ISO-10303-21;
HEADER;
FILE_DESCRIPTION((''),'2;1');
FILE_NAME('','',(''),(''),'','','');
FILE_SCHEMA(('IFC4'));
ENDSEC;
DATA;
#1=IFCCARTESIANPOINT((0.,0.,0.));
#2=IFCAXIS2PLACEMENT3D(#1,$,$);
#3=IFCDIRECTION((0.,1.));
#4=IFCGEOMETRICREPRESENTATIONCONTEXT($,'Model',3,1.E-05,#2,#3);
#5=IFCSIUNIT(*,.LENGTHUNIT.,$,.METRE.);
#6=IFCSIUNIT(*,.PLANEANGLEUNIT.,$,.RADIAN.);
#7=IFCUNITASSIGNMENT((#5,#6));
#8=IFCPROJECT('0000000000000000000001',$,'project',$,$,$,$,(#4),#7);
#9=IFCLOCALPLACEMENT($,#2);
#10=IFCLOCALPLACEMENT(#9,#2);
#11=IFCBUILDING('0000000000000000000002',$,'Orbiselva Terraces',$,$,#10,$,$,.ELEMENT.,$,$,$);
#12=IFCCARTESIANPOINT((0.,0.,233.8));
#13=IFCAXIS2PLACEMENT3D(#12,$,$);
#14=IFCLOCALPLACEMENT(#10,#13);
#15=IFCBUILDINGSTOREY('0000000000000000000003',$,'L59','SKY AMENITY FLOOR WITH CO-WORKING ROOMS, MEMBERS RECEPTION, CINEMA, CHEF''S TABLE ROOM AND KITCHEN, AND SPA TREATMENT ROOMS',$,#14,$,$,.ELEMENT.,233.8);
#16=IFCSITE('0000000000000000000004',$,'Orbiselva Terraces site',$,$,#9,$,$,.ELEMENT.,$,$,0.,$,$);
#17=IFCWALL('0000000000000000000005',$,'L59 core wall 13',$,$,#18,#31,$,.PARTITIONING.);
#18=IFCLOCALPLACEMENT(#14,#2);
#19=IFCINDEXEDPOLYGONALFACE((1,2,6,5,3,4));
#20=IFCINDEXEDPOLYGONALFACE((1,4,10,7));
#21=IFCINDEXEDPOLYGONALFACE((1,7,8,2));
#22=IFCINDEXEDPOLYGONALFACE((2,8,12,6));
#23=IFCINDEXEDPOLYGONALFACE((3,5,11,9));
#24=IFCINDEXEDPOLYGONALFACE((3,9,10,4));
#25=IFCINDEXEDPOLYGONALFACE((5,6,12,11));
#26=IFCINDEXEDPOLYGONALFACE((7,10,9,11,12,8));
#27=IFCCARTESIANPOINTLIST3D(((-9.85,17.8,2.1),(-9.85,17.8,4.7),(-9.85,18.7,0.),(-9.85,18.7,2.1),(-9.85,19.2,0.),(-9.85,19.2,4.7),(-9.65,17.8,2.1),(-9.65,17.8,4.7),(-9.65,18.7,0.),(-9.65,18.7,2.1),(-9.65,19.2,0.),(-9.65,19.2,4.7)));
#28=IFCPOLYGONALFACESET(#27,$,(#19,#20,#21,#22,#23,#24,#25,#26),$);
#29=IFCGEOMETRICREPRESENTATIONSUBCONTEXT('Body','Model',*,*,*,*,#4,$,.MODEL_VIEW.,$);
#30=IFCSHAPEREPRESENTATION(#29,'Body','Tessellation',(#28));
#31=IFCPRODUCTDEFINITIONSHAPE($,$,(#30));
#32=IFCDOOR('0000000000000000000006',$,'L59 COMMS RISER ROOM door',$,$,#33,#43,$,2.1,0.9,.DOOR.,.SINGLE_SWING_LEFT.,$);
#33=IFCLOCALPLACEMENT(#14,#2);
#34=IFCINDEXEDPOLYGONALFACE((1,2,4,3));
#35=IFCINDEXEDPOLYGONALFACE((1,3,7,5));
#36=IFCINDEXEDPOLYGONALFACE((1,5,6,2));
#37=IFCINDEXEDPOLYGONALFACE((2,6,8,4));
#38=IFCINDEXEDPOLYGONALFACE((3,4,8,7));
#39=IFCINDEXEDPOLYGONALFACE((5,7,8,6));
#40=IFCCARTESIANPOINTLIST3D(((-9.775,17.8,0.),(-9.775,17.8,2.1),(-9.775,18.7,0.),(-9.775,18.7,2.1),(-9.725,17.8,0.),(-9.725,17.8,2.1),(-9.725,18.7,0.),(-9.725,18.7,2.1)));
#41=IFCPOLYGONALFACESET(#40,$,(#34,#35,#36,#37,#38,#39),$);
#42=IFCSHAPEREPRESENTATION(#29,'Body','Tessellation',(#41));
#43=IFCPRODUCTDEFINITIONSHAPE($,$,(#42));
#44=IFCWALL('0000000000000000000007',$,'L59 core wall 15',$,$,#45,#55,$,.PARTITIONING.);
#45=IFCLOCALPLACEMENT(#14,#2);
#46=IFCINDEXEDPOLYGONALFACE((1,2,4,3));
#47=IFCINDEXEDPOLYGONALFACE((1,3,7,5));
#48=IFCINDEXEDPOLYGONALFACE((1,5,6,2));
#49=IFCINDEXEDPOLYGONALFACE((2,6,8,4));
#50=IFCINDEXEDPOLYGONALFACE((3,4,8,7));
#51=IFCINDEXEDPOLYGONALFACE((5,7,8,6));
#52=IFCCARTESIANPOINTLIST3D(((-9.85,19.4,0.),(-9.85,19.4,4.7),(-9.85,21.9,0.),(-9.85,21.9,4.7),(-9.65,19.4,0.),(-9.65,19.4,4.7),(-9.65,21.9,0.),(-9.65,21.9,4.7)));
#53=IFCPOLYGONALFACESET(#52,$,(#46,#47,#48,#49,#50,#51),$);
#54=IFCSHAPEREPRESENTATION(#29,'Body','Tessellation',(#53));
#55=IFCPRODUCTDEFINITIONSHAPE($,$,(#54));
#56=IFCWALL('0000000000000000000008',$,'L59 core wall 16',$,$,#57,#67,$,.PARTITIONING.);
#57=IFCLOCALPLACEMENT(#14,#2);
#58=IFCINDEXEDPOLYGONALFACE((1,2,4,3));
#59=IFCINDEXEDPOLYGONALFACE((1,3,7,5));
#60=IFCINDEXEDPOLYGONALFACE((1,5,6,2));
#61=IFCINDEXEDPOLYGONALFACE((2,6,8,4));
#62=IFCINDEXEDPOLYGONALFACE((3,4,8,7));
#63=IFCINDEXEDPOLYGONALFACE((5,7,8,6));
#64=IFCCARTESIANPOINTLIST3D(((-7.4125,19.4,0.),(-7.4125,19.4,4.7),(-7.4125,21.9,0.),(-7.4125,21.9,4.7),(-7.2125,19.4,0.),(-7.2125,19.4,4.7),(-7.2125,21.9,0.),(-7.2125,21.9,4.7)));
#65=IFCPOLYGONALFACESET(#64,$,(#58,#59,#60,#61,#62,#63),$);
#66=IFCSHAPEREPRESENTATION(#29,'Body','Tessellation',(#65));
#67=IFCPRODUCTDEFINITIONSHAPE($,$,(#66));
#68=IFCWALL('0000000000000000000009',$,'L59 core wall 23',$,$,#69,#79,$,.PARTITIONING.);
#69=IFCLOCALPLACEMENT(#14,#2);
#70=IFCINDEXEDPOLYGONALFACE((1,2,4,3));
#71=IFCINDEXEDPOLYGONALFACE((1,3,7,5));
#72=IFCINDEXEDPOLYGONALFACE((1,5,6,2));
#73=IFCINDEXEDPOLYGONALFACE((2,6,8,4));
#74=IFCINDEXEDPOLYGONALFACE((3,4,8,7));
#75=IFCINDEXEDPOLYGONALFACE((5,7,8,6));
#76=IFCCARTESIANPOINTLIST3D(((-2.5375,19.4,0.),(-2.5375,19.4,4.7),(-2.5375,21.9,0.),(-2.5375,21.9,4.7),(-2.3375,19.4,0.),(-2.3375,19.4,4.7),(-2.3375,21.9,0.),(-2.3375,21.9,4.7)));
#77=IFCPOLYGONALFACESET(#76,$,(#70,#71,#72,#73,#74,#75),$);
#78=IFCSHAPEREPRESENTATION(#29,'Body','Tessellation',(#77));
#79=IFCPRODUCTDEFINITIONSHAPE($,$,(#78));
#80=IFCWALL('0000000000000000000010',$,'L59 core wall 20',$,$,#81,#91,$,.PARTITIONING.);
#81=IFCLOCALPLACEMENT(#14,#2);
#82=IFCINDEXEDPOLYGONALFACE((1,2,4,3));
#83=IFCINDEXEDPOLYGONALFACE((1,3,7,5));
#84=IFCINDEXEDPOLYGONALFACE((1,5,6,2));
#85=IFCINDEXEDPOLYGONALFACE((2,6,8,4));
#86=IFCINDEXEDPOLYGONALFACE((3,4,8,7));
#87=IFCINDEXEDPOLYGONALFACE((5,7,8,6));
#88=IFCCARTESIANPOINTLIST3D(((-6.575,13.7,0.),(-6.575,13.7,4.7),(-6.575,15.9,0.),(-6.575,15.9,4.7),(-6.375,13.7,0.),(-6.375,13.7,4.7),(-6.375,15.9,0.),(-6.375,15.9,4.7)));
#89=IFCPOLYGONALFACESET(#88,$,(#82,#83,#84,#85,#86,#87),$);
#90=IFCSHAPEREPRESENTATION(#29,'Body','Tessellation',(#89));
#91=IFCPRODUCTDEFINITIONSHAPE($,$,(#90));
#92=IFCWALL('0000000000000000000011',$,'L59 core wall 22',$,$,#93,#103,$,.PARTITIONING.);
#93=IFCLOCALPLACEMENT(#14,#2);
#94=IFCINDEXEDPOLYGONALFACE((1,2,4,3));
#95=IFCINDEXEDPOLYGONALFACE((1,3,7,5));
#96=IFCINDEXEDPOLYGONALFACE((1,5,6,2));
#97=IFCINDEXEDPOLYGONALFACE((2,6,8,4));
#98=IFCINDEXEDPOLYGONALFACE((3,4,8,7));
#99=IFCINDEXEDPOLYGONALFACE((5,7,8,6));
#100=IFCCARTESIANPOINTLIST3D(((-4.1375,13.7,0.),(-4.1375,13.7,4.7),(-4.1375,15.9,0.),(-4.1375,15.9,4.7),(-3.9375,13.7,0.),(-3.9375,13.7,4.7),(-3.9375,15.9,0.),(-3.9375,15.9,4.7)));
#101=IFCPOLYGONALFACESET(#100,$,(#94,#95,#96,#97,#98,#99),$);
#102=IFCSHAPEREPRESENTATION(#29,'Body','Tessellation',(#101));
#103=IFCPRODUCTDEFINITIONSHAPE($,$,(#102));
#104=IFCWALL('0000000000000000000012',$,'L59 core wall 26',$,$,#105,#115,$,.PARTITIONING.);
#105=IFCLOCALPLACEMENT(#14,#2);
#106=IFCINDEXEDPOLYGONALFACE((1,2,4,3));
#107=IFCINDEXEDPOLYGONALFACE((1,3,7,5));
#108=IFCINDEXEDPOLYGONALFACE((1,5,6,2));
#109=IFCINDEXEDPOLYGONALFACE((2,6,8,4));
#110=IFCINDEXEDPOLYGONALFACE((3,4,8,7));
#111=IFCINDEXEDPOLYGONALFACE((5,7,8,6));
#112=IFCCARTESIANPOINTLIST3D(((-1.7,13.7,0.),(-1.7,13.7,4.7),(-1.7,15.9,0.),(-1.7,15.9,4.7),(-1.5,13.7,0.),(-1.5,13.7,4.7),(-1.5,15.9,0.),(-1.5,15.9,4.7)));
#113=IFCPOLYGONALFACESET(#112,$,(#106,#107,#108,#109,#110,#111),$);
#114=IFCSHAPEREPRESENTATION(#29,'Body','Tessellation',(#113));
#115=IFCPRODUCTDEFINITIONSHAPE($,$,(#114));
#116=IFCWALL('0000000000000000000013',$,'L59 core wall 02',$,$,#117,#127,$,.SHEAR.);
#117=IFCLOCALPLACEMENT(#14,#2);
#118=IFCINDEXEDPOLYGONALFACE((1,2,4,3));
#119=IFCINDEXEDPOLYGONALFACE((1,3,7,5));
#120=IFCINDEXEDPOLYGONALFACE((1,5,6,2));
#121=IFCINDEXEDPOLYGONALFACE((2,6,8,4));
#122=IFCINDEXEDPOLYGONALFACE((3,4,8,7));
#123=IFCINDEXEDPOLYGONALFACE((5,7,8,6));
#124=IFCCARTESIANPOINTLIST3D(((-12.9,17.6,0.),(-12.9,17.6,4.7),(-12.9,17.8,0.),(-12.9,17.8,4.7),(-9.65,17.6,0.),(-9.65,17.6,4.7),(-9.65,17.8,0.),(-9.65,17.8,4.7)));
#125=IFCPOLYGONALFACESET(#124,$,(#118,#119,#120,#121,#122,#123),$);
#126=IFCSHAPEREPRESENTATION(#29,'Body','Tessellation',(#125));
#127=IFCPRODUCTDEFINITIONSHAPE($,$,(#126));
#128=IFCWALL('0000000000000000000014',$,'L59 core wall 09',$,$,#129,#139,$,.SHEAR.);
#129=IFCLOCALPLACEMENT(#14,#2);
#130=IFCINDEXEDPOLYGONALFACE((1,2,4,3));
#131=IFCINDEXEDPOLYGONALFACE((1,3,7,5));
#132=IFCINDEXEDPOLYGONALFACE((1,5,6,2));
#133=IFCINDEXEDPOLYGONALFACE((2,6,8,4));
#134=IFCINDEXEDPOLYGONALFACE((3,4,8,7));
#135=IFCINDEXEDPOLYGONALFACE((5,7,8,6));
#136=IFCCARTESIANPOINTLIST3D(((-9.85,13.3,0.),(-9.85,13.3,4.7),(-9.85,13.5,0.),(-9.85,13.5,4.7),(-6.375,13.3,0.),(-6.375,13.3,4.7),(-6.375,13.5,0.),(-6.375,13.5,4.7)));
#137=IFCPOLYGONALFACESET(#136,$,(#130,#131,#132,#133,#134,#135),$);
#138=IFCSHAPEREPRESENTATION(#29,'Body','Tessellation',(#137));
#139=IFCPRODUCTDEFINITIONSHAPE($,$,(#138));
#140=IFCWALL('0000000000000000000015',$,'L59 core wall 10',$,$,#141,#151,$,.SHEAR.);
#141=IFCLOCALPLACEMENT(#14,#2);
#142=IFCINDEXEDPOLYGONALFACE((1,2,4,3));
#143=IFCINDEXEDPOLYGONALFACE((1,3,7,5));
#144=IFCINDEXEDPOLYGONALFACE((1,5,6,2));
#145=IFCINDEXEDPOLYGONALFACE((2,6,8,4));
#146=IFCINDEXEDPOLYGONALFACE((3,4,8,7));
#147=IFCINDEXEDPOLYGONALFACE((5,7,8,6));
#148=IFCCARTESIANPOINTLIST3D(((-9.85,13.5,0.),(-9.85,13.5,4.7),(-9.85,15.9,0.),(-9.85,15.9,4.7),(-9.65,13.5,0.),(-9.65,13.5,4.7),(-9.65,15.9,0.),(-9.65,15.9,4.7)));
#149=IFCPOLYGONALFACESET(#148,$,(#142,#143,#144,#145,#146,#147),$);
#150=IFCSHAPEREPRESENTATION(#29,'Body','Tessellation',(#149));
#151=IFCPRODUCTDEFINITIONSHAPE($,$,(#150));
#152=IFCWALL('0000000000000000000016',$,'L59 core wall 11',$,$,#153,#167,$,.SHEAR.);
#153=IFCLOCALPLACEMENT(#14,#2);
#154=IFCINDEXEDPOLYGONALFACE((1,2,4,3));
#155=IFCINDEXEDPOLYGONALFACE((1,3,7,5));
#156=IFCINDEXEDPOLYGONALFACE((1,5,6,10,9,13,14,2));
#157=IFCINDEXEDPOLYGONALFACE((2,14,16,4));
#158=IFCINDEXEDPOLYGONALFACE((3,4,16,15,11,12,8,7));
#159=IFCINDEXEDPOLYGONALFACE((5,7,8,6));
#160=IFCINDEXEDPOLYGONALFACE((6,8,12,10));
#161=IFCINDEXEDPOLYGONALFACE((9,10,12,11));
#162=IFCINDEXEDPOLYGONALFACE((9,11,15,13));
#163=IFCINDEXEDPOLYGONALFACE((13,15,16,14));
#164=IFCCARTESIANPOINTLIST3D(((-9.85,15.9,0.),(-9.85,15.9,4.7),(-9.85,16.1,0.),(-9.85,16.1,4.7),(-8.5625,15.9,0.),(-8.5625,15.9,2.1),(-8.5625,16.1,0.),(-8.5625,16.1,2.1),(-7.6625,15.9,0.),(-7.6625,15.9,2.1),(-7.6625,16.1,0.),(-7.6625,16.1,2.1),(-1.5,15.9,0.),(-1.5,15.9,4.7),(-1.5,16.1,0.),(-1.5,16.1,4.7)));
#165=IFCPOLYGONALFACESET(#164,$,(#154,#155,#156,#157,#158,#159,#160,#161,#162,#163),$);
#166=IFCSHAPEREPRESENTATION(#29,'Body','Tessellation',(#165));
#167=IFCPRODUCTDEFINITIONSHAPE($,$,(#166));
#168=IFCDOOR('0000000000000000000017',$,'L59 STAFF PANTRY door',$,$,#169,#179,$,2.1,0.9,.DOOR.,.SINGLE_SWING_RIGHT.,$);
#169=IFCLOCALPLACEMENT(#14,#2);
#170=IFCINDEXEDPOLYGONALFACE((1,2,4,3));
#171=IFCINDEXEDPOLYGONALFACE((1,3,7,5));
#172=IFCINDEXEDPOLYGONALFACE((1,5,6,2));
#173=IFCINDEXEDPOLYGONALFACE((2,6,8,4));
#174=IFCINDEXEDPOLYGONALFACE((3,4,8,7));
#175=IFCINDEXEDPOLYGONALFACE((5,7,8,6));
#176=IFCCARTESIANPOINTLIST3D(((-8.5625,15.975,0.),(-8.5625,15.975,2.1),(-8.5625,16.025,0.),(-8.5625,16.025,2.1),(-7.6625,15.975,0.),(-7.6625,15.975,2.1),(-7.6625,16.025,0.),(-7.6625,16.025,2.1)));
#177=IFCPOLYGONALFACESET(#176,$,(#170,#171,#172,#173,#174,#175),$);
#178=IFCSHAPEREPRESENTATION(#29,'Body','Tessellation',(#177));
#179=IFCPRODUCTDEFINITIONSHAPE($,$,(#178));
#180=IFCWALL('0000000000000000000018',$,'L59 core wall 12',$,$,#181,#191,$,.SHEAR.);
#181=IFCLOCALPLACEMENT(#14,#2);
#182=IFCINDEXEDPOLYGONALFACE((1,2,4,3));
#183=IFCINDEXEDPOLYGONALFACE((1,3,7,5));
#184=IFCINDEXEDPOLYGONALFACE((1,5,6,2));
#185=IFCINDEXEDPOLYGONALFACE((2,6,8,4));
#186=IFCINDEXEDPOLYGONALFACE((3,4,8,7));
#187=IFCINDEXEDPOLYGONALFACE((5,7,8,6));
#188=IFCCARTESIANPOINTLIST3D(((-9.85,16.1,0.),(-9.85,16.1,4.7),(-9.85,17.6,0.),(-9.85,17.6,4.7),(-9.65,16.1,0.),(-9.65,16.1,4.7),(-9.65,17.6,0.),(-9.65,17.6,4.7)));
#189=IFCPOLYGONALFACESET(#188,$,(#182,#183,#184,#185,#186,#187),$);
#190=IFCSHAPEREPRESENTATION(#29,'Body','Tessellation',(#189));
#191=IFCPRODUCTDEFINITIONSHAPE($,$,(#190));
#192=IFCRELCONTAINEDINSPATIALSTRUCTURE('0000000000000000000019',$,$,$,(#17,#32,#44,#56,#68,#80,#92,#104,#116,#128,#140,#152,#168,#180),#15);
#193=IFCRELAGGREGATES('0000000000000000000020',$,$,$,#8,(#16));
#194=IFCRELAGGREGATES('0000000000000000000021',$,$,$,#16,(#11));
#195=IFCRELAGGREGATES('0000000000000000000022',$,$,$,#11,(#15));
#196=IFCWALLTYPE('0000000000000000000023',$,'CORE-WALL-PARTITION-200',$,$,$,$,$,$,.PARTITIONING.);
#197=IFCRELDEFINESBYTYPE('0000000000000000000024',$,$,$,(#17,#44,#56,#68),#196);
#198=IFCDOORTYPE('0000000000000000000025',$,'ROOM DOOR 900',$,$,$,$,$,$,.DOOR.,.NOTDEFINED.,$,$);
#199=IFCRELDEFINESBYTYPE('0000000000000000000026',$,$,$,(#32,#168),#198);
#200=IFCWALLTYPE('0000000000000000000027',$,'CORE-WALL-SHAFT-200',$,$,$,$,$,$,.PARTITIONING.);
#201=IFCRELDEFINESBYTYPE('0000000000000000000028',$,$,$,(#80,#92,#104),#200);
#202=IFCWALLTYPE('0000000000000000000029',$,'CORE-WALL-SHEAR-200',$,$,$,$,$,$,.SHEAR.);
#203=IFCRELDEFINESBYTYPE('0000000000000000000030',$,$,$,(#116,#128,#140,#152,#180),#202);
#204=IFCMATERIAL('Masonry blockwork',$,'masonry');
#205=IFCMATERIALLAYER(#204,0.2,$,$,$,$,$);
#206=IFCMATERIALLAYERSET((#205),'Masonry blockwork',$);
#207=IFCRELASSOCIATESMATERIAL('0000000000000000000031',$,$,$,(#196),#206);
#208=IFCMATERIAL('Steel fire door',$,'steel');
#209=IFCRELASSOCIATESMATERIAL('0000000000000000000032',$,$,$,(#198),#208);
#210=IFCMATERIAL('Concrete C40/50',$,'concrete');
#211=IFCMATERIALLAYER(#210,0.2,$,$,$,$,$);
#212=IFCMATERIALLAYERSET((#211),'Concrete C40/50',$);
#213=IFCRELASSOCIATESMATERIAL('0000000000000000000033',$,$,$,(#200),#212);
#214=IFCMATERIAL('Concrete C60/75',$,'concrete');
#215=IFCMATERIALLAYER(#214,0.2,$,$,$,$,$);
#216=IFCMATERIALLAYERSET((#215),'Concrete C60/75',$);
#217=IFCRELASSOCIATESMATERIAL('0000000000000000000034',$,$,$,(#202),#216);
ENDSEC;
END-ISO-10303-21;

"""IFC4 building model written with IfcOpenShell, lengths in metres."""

from ifc_helpers import new_model, si_unit, direction, frame, frame_2d, origin, place, context, subcontext, project, spatial, rectangle, extrude, material, layer, layer_set, type_object, element, fill, save


model = new_model("IFC4")

# Units and contexts
model_context = context("Model", 3, precision=1e-05, world=origin(), true_north=direction((0.0, 1.0)))
body_context = subcontext(model_context, "Body", "Model", "MODEL_VIEW")
ifc_project = project(units=[si_unit("LENGTHUNIT", "METRE"), si_unit("PLANEANGLEUNIT", "RADIAN")], contexts=[model_context])

# Site, building, storey
site_placement = place(None, origin())
site = spatial("IfcSite", under=ifc_project, at=site_placement, Name="Orbiselva Terraces site", CompositionType="ELEMENT", RefElevation=0.0)
building_placement = place(site_placement, origin())
building = spatial("IfcBuilding", under=site, at=building_placement, Name="Orbiselva Terraces", CompositionType="ELEMENT")
storey_placement = place(building_placement, frame((0.0, 0.0, 233.8)))
storey = spatial("IfcBuildingStorey", under=building, at=storey_placement, Name="L59", Description="SKY AMENITY FLOOR WITH CO-WORKING ROOMS, MEMBERS RECEPTION, CINEMA, CHEF'S TABLE ROOM AND KITCHEN, AND SPA TREATMENT ROOMS", CompositionType="ELEMENT", Elevation=233.8)

# Wall, opening, door
ifc_material_1 = material(Name="Masonry blockwork", Category="masonry")
ifc_layer_1 = layer(ifc_material_1, 0.2)
ifc_layer_set_1 = layer_set([ifc_layer_1], Name="Masonry blockwork")
wall_type_1 = type_object("IfcWallType", Name="CORE-WALL-PARTITION-200", PredefinedType="PARTITIONING", material=ifc_layer_set_1)
wall_1_placement = place(storey_placement, frame((-9.75, 17.8, 0.0), z_axis=(0.0, 0.0, 1.0), x_axis=(0.0, 1.0, 0.0)))
wall_1 = element("IfcWall", 1, at=wall_1_placement, inside=storey, type_object=wall_type_1, Name="L59 core wall 13", PredefinedType="PARTITIONING", context=body_context, shape_type="SweptSolid", body=[
    extrude(rectangle(XDim=1.4, YDim=0.2, at=frame_2d((0.7, 0.0))), origin(), (0.0, 0.0, 1.0), 4.7),
])
opening_1_placement = place(wall_1_placement, origin())
opening_1 = element("IfcOpeningElement", 2, at=opening_1_placement, cuts=wall_1, PredefinedType="OPENING", context=body_context, shape_type="SweptSolid", body=[
    extrude(rectangle(XDim=0.9, YDim=2.1, at=frame_2d((0.45, 1.05))), frame((0.0, 0.11, 0.0), z_axis=(0.0, -1.0, 0.0), x_axis=(1.0, 0.0, 0.0)), (0.0, 0.0, 1.0), 0.22),
])
ifc_material_2 = material(Name="Steel fire door", Category="steel")
door_type_1 = type_object("IfcDoorType", Name="ROOM DOOR 900", OperationType="NOTDEFINED", PredefinedType="DOOR", material=ifc_material_2)
door_1_placement = place(opening_1_placement, origin())
door_1 = element("IfcDoor", 3, at=door_1_placement, inside=storey, type_object=door_type_1, Name="L59 COMMS RISER ROOM door", OperationType="SINGLE_SWING_LEFT", OverallHeight=2.1, OverallWidth=0.9, PredefinedType="DOOR", context=body_context, shape_type="SweptSolid", body=[
    extrude(rectangle(XDim=0.9, YDim=2.1, at=frame_2d((0.45, 1.05))), frame((0.0, 0.025, 0.0), z_axis=(0.0, -1.0, 0.0), x_axis=(1.0, 0.0, 0.0)), (0.0, 0.0, 1.0), 0.05),
])
fill(opening_1, door_1)

# Walls
for number, where, z_axis, x_axis, name in (
    (4, (-9.75, 19.4, 0.0), (0.0, 0.0, 1.0), (0.0, 1.0, 0.0), "L59 core wall 15"),
    (5, (-7.3125, 19.4, 0.0), (0.0, 0.0, 1.0), (0.0, 1.0, 0.0), "L59 core wall 16"),
    (6, (-2.4375, 19.4, 0.0), (0.0, 0.0, 1.0), (0.0, 1.0, 0.0), "L59 core wall 23"),
):
    element("IfcWall", number, at=place(storey_placement, frame(where, z_axis=z_axis, x_axis=x_axis)), inside=storey, type_object=wall_type_1, Name=name, PredefinedType="PARTITIONING", context=body_context, shape_type="SweptSolid", body=[
        extrude(rectangle(XDim=2.5, YDim=0.2, at=frame_2d((1.25, 0.0))), origin(), (0.0, 0.0, 1.0), 4.7),
    ])
ifc_material_3 = material(Name="Concrete C40/50", Category="concrete")
ifc_layer_2 = layer(ifc_material_3, 0.2)
ifc_layer_set_2 = layer_set([ifc_layer_2], Name="Concrete C40/50")
wall_type_2 = type_object("IfcWallType", Name="CORE-WALL-SHAFT-200", PredefinedType="PARTITIONING", material=ifc_layer_set_2)
for number, where, z_axis, x_axis, name in (
    (7, (-6.475, 13.7, 0.0), (0.0, 0.0, 1.0), (0.0, 1.0, 0.0), "L59 core wall 20"),
    (8, (-4.0375, 13.7, 0.0), (0.0, 0.0, 1.0), (0.0, 1.0, 0.0), "L59 core wall 22"),
    (9, (-1.6, 13.7, 0.0), (0.0, 0.0, 1.0), (0.0, 1.0, 0.0), "L59 core wall 26"),
):
    element("IfcWall", number, at=place(storey_placement, frame(where, z_axis=z_axis, x_axis=x_axis)), inside=storey, type_object=wall_type_2, Name=name, PredefinedType="PARTITIONING", context=body_context, shape_type="SweptSolid", body=[
        extrude(rectangle(XDim=2.2, YDim=0.2, at=frame_2d((1.1, 0.0))), origin(), (0.0, 0.0, 1.0), 4.7),
    ])
ifc_material_4 = material(Name="Concrete C60/75", Category="concrete")
ifc_layer_3 = layer(ifc_material_4, 0.2)
ifc_layer_set_3 = layer_set([ifc_layer_3], Name="Concrete C60/75")
wall_type_3 = type_object("IfcWallType", Name="CORE-WALL-SHEAR-200", PredefinedType="SHEAR", material=ifc_layer_set_3)
wall_2_placement = place(storey_placement, frame((-12.9, 17.7, 0.0), z_axis=(0.0, 0.0, 1.0), x_axis=(1.0, 0.0, 0.0)))
element("IfcWall", 10, at=wall_2_placement, inside=storey, type_object=wall_type_3, Name="L59 core wall 02", PredefinedType="SHEAR", context=body_context, shape_type="SweptSolid", body=[
    extrude(rectangle(XDim=3.25, YDim=0.2, at=frame_2d((1.625, 0.0))), origin(), (0.0, 0.0, 1.0), 4.7),
])
wall_3_placement = place(storey_placement, frame((-9.85, 13.4, 0.0), z_axis=(0.0, 0.0, 1.0), x_axis=(1.0, 0.0, 0.0)))
element("IfcWall", 11, at=wall_3_placement, inside=storey, type_object=wall_type_3, Name="L59 core wall 09", PredefinedType="SHEAR", context=body_context, shape_type="SweptSolid", body=[
    extrude(rectangle(XDim=3.475, YDim=0.2, at=frame_2d((1.7375, 0.0))), origin(), (0.0, 0.0, 1.0), 4.7),
])
wall_4_placement = place(storey_placement, frame((-9.75, 13.5, 0.0), z_axis=(0.0, 0.0, 1.0), x_axis=(0.0, 1.0, 0.0)))
element("IfcWall", 12, at=wall_4_placement, inside=storey, type_object=wall_type_3, Name="L59 core wall 10", PredefinedType="SHEAR", context=body_context, shape_type="SweptSolid", body=[
    extrude(rectangle(XDim=2.4, YDim=0.2, at=frame_2d((1.2, 0.0))), origin(), (0.0, 0.0, 1.0), 4.7),
])

# Wall, opening, door
wall_5_placement = place(storey_placement, frame((-1.5, 16.0, 0.0), z_axis=(0.0, 0.0, 1.0), x_axis=(-1.0, 0.0, 0.0)))
wall_5 = element("IfcWall", 13, at=wall_5_placement, inside=storey, type_object=wall_type_3, Name="L59 core wall 11", PredefinedType="SHEAR", context=body_context, shape_type="SweptSolid", body=[
    extrude(rectangle(XDim=8.35, YDim=0.2, at=frame_2d((4.175, 0.0))), origin(), (0.0, 0.0, 1.0), 4.7),
])
opening_2_placement = place(wall_5_placement, frame((6.1625, 0.0, 0.0)))
opening_2 = element("IfcOpeningElement", 14, at=opening_2_placement, cuts=wall_5, PredefinedType="OPENING", context=body_context, shape_type="SweptSolid", body=[
    extrude(rectangle(XDim=0.9, YDim=2.1, at=frame_2d((0.45, 1.05))), frame((0.0, 0.11, 0.0), z_axis=(0.0, -1.0, 0.0), x_axis=(1.0, 0.0, 0.0)), (0.0, 0.0, 1.0), 0.22),
])
door_2_placement = place(opening_2_placement, origin())
door_2 = element("IfcDoor", 15, at=door_2_placement, inside=storey, type_object=door_type_1, Name="L59 STAFF PANTRY door", OperationType="SINGLE_SWING_RIGHT", OverallHeight=2.1, OverallWidth=0.9, PredefinedType="DOOR", context=body_context, shape_type="SweptSolid", body=[
    extrude(rectangle(XDim=0.9, YDim=2.1, at=frame_2d((0.45, 1.05))), frame((0.0, 0.025, 0.0), z_axis=(0.0, -1.0, 0.0), x_axis=(1.0, 0.0, 0.0)), (0.0, 0.0, 1.0), 0.05),
])
fill(opening_2, door_2)

# Wall
wall_6_placement = place(storey_placement, frame((-9.75, 16.1, 0.0), z_axis=(0.0, 0.0, 1.0), x_axis=(0.0, 1.0, 0.0)))
element("IfcWall", 16, at=wall_6_placement, inside=storey, type_object=wall_type_3, Name="L59 core wall 12", PredefinedType="SHEAR", context=body_context, shape_type="SweptSolid", body=[
    extrude(rectangle(XDim=1.5, YDim=0.2, at=frame_2d((0.75, 0.0))), origin(), (0.0, 0.0, 1.0), 4.7),
])

save(model, "model.ifc")
